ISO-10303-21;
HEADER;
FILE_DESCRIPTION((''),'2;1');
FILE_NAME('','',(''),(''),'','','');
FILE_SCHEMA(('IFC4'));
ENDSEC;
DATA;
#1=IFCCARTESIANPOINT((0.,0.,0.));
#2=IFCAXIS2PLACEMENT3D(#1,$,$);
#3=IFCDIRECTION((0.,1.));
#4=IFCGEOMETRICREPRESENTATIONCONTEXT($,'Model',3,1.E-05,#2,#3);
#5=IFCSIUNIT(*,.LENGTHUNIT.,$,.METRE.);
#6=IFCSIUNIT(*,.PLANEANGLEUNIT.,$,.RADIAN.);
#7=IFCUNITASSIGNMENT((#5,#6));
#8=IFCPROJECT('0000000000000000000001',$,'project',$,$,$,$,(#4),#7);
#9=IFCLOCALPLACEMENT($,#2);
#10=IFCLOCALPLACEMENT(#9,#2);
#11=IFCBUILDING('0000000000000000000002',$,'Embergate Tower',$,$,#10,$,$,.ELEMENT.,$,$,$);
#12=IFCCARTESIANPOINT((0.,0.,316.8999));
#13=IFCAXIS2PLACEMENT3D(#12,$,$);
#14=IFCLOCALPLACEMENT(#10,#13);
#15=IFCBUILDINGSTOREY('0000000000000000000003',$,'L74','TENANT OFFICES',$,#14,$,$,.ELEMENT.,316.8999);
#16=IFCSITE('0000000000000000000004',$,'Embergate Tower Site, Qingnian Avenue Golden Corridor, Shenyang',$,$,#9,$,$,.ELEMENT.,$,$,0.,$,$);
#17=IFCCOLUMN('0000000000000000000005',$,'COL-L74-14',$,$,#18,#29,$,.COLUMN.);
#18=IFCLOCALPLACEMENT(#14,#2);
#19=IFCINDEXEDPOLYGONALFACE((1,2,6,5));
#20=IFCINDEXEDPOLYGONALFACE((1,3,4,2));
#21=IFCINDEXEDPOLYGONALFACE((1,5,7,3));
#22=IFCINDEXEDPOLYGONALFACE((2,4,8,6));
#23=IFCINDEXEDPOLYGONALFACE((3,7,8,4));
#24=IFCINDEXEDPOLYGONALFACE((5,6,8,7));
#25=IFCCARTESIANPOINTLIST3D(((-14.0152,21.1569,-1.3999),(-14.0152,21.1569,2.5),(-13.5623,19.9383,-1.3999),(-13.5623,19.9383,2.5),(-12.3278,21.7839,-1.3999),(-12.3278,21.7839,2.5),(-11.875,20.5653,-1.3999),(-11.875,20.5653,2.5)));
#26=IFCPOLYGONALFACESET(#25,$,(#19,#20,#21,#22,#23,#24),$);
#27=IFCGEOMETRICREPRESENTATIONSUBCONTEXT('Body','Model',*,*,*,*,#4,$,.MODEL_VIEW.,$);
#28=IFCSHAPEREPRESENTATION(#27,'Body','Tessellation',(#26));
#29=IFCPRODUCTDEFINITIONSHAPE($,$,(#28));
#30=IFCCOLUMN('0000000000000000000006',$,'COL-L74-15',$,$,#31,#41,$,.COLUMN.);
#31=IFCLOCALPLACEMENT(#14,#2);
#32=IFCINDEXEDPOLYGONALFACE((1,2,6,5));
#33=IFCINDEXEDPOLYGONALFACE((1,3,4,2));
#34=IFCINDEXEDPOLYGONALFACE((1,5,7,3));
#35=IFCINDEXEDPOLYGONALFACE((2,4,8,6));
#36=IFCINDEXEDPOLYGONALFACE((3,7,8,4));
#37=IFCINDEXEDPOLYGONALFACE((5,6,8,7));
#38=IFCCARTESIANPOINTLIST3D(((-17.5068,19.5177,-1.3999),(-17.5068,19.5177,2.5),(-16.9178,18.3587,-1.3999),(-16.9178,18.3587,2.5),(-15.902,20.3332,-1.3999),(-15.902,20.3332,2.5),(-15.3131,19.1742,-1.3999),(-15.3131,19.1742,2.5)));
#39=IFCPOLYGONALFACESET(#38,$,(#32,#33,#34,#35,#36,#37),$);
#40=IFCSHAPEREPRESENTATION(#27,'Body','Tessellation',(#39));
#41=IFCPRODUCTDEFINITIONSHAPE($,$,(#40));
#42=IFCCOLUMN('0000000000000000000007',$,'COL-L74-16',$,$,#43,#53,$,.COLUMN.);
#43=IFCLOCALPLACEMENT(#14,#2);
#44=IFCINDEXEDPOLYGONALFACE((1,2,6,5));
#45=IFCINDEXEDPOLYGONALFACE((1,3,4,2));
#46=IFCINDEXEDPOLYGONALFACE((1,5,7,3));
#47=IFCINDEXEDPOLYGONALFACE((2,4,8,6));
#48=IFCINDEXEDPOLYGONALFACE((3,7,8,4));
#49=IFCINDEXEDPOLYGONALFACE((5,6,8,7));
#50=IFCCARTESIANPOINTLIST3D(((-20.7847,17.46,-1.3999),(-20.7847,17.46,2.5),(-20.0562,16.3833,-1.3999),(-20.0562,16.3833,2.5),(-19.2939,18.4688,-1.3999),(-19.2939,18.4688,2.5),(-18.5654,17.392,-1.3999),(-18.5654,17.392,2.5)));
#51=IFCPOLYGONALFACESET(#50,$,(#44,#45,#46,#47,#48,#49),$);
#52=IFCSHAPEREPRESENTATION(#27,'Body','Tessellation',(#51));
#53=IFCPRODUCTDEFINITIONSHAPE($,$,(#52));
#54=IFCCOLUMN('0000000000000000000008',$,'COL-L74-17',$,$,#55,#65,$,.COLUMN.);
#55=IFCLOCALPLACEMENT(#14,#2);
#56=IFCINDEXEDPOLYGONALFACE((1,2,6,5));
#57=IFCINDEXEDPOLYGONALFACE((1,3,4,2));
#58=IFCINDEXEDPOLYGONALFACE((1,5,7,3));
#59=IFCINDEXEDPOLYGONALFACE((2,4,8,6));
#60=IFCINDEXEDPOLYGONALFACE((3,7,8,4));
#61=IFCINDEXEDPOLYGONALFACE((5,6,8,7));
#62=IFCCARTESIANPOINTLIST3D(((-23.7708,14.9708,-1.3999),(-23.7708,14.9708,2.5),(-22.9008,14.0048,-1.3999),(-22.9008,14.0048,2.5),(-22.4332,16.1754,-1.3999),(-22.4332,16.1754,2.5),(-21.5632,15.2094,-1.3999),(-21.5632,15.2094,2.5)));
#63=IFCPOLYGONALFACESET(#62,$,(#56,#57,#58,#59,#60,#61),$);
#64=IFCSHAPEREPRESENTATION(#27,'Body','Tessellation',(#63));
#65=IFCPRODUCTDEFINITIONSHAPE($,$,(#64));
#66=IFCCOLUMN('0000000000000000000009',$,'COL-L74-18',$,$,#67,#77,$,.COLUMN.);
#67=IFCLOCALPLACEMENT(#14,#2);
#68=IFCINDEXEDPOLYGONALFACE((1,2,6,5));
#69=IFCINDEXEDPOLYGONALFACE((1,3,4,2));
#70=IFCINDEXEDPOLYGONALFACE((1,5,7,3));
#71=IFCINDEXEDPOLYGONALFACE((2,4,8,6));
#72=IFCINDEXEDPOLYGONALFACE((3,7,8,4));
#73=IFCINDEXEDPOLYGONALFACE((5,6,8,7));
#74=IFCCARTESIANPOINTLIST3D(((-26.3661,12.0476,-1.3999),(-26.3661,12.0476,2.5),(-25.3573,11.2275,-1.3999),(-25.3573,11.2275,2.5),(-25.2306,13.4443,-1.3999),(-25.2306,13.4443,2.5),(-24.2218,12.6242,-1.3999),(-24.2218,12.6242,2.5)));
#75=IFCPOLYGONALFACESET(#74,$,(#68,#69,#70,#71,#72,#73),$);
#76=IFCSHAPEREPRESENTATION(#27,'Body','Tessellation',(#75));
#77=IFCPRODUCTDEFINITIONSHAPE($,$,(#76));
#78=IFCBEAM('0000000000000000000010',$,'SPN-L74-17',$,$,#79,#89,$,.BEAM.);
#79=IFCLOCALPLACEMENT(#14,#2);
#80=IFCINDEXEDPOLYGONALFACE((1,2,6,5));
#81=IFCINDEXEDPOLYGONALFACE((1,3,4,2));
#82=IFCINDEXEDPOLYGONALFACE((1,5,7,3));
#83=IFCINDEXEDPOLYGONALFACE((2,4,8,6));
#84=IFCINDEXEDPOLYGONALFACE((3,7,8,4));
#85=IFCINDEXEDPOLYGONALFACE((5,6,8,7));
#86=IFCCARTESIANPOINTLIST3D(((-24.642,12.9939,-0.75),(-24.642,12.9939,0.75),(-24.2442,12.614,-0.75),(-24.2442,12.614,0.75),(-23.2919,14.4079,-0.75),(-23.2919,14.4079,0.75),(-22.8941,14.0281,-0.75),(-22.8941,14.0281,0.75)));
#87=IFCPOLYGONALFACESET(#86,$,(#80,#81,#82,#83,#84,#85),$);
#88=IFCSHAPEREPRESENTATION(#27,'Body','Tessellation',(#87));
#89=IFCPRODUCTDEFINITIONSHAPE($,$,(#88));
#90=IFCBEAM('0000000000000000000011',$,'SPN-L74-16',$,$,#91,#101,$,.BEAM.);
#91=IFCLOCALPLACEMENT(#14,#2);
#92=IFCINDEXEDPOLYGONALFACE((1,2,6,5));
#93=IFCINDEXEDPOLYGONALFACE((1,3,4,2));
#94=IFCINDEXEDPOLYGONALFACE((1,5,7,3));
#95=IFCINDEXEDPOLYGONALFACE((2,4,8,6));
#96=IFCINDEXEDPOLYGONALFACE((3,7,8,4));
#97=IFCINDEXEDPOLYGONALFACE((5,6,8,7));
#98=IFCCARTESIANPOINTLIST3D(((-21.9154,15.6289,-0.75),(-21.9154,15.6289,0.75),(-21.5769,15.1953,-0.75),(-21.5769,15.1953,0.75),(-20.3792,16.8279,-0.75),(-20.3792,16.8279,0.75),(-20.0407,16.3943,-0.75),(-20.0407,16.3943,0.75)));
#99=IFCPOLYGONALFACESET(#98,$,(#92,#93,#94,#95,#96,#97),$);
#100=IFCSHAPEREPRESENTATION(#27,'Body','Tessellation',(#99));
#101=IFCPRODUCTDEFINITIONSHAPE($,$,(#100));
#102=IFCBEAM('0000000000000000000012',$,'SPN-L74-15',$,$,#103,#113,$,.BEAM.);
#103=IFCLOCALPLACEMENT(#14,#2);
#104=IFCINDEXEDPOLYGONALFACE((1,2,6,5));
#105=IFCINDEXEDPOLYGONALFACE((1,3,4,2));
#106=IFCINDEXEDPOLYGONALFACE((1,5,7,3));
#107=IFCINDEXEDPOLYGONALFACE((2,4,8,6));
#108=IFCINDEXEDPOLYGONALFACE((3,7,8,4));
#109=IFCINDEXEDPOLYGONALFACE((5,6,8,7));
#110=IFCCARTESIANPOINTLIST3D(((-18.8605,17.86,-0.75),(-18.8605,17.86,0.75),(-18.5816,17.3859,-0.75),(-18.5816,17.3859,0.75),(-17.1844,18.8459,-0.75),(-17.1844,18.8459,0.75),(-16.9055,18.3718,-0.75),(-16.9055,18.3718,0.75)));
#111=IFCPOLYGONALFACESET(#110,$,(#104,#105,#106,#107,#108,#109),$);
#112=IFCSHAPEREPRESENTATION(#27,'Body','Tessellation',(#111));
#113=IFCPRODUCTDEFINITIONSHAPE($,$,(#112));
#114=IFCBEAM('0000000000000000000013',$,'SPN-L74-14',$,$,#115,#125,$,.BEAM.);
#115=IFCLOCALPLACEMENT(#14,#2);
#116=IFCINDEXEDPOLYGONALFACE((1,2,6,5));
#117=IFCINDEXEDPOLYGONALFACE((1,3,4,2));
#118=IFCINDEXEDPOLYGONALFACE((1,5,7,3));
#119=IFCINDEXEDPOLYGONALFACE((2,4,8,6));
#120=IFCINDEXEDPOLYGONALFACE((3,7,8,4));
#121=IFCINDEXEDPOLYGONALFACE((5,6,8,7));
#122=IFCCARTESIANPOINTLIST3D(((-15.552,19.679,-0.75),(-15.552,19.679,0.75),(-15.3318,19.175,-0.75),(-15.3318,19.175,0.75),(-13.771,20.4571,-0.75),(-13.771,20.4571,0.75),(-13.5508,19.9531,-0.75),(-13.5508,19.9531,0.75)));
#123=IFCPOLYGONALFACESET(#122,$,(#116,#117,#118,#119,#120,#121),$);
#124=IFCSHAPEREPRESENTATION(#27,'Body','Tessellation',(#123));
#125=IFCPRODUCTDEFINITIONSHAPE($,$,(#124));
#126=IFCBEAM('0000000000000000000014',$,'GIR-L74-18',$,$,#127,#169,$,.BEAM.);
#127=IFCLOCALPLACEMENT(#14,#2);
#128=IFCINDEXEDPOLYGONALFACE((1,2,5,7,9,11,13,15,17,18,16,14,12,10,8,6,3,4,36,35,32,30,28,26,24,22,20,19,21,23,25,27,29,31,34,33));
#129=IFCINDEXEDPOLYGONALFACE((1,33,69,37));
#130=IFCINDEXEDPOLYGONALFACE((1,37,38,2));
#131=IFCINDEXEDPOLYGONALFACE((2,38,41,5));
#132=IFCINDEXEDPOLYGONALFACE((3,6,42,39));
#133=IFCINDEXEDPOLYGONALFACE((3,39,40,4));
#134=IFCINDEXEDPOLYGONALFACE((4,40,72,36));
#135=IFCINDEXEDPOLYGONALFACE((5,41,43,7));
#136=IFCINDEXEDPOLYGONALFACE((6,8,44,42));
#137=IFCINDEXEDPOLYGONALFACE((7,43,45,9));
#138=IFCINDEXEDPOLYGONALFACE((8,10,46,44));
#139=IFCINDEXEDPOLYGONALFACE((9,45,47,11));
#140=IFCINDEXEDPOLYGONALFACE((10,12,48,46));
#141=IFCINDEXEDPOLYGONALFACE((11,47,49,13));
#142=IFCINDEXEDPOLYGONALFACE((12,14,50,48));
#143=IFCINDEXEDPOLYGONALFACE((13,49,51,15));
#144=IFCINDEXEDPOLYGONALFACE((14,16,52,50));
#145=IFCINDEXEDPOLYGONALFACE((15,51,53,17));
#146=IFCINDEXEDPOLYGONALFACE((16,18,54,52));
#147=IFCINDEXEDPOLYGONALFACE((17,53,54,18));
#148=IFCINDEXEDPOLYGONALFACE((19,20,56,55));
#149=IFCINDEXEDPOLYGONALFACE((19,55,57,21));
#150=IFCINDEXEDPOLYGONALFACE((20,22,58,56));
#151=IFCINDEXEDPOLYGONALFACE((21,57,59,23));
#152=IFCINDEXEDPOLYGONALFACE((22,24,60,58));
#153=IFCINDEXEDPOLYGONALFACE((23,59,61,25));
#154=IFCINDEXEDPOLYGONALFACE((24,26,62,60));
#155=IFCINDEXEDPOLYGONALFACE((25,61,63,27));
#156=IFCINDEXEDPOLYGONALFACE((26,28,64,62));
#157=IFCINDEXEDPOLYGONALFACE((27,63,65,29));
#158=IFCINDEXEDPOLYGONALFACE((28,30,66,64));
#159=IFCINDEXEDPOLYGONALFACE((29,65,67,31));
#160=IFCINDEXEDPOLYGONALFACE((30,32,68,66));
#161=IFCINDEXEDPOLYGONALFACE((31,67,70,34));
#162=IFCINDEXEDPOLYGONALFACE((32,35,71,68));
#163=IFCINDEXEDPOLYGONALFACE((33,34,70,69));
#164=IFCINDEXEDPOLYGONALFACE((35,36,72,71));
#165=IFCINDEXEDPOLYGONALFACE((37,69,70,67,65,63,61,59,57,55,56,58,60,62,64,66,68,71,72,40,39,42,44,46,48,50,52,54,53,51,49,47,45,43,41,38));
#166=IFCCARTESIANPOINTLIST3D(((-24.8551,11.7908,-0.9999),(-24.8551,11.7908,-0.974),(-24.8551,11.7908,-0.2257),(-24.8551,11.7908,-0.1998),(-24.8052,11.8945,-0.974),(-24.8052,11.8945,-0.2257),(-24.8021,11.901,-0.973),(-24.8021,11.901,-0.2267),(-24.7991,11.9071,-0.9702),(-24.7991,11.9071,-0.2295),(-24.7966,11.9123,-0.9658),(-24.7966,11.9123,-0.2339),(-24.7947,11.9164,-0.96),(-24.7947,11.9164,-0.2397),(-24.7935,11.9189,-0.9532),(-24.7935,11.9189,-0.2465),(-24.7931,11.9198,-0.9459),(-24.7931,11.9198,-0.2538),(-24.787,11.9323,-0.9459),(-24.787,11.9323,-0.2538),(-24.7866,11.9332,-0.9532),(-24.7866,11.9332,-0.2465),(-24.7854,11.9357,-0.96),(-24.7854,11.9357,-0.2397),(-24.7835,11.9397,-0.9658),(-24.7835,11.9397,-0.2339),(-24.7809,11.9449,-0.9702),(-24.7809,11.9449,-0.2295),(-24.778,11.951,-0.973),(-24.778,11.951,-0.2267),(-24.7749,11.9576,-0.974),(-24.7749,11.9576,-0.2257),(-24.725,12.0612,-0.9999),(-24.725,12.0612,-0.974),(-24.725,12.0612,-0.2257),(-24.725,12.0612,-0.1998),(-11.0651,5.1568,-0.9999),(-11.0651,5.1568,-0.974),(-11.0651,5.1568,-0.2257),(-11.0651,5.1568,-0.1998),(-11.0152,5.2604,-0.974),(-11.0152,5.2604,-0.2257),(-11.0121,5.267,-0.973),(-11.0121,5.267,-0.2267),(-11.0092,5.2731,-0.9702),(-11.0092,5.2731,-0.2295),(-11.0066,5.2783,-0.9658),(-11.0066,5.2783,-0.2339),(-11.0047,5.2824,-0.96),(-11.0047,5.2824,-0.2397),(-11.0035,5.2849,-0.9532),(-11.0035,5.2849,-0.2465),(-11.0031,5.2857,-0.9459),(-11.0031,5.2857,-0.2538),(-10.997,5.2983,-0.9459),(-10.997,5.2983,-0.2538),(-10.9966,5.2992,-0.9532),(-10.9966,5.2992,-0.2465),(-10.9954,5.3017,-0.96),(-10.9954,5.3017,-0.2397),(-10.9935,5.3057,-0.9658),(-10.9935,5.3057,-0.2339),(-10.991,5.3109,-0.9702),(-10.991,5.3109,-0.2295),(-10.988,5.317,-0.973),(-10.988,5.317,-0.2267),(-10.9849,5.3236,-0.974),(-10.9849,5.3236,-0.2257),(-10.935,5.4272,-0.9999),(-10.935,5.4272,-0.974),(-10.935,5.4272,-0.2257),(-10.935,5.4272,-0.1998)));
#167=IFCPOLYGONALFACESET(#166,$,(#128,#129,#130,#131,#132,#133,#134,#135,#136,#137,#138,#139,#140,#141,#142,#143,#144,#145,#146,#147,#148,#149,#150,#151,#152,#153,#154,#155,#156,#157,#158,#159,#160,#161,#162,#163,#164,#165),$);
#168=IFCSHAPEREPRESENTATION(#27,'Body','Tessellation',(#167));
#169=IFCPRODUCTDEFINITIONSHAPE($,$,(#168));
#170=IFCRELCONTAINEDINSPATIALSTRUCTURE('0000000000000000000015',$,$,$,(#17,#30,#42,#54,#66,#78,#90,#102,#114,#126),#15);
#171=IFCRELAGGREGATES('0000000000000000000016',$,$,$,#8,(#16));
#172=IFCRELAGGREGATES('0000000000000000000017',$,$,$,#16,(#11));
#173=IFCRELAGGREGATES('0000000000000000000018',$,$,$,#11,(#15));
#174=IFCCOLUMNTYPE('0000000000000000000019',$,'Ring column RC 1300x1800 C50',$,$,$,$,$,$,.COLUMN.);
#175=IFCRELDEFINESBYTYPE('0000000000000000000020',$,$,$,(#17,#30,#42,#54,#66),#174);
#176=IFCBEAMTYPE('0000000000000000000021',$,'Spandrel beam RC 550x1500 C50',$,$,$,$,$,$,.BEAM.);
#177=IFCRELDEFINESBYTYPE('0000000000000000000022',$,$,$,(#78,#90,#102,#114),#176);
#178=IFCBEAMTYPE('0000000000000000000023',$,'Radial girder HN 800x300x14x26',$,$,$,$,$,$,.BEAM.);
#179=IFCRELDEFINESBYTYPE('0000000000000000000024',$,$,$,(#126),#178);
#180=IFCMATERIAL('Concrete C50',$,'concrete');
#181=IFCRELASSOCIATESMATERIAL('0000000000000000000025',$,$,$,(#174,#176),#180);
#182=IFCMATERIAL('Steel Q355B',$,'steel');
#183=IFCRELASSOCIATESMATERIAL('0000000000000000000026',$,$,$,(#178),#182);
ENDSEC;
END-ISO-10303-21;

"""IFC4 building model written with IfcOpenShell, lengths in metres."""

from ifc_helpers import new_model, si_unit, direction, frame, origin, origin_2d, place, context, subcontext, project, spatial, rectangle, i_section, extrude, source, transform, mapped, material, material_profile, profile_set, type_object, element, save


model = new_model("IFC4")

# Units and contexts
model_context = context("Model", 3, precision=1e-05, world=origin(), true_north=direction((0.0, 1.0)))
body_context = subcontext(model_context, "Body", "Model", "MODEL_VIEW")
ifc_project = project(units=[si_unit("LENGTHUNIT", "METRE"), si_unit("PLANEANGLEUNIT", "RADIAN")], contexts=[model_context])

# Site, building, storey
site_placement = place(None, origin())
site = spatial("IfcSite", under=ifc_project, at=site_placement, Name="Embergate Tower Site, Qingnian Avenue Golden Corridor, Shenyang", CompositionType="ELEMENT", RefElevation=0.0)
building_placement = place(site_placement, origin())
building = spatial("IfcBuilding", under=site, at=building_placement, Name="Embergate Tower", CompositionType="ELEMENT")
storey_placement = place(building_placement, frame((0.0, 0.0, 316.8999)))
storey = spatial("IfcBuildingStorey", under=building, at=storey_placement, Name="L74", Description="TENANT OFFICES", CompositionType="ELEMENT", Elevation=316.8999)

# Columns
ifc_material_1 = material(Name="Concrete C50", Category="concrete")
ifc_material_profile_1 = material_profile(ifc_material_1, rectangle(XDim=1.3, YDim=1.8, at=origin_2d()), Name="RC 1300x1800")
ifc_profile_set_1 = profile_set([ifc_material_profile_1], Name="Concrete C50")
column_type = type_object("IfcColumnType", Name="Ring column RC 1300x1800 C50", PredefinedType="COLUMN", material=ifc_profile_set_1)
shared_shape_1 = source(origin(), body_context, "Body", "SweptSolid", [
    extrude(rectangle(XDim=1.3, YDim=1.8, at=origin_2d()), origin(), (0.0, 0.0, 1.0), 3.8999),
])
for number, where, z_axis, x_axis, name in (
    (1, (-12.9451, 20.8611, -1.3999), (0.0, 0.0, 1.0), (-0.348343, 0.937367, 0.0), "COL-L74-14"),
    (2, (-16.4099, 19.3459, -1.3999), (0.0, 0.0, 1.0), (-0.453011, 0.891505, 0.0), "COL-L74-15"),
    (3, (-19.675, 17.426, -1.3999), (0.0, 0.0, 1.0), (-0.560393, 0.828227, 0.0), "COL-L74-16"),
    (4, (-22.667, 15.0901, -1.3999), (0.0, 0.0, 1.0), (-0.669221, 0.743063, 0.0), "COL-L74-17"),
    (5, (-25.2939, 12.3359, -1.3999), (0.0, 0.0, 1.0), (-0.775925, 0.630825, 0.0), "COL-L74-18"),
):
    element("IfcColumn", number, at=place(storey_placement, frame(where, z_axis=z_axis, x_axis=x_axis)), inside=storey, type_object=column_type, Name=name, PredefinedType="COLUMN", context=body_context, shape_type="MappedRepresentation", body=[
        mapped(shared_shape_1, transform((0.0, 0.0, 0.0))),
    ])

# Beams
ifc_material_profile_2 = material_profile(ifc_material_1, rectangle(XDim=0.55, YDim=1.5, at=origin_2d()), Name="RC 550x1500")
ifc_profile_set_2 = profile_set([ifc_material_profile_2], Name="Concrete C50")
beam_type_1 = type_object("IfcBeamType", Name="Spandrel beam RC 550x1500 C50", PredefinedType="BEAM", material=ifc_profile_set_2)
shared_shape_2 = source(origin(), body_context, "Body", "SweptSolid", [
    extrude(rectangle(XDim=0.55, YDim=1.5, at=origin_2d()), origin(), (0.0, 0.0, 1.0), 1.9551),
])
beam_1_placement = place(storey_placement, frame((-23.093, 14.218, 0.0), z_axis=(-0.690559, -0.723276, 0.0), x_axis=(0.723276, -0.690559, 0.0)))
element("IfcBeam", 6, at=beam_1_placement, inside=storey, type_object=beam_type_1, Name="SPN-L74-17", PredefinedType="BEAM", context=body_context, shape_type="MappedRepresentation", body=[
    mapped(shared_shape_2, transform((0.0, 0.0, 0.0))),
])
shared_shape_3 = source(origin(), body_context, "Body", "SweptSolid", [
    extrude(rectangle(XDim=0.55, YDim=1.5, at=origin_2d()), origin(), (0.0, 0.0, 1.0), 1.9487),
])
beam_2_placement = place(storey_placement, frame((-20.21, 16.6111, 0.0), z_axis=(-0.788305, -0.615284, 0.0), x_axis=(0.615284, -0.788305, 0.0)))
element("IfcBeam", 7, at=beam_2_placement, inside=storey, type_object=beam_type_1, Name="SPN-L74-16", PredefinedType="BEAM", context=body_context, shape_type="MappedRepresentation", body=[
    mapped(shared_shape_3, transform((0.0, 0.0, 0.0))),
])
shared_shape_4 = source(origin(), body_context, "Body", "SweptSolid", [
    extrude(rectangle(XDim=0.55, YDim=1.5, at=origin_2d()), origin(), (0.0, 0.0, 1.0), 1.9446),
])
beam_3_placement = place(storey_placement, frame((-17.0449, 18.6089, 0.0), z_axis=(-0.861947, -0.506998, 0.0), x_axis=(0.506998, -0.861947, 0.0)))
element("IfcBeam", 8, at=beam_3_placement, inside=storey, type_object=beam_type_1, Name="SPN-L74-15", PredefinedType="BEAM", context=body_context, shape_type="MappedRepresentation", body=[
    mapped(shared_shape_4, transform((0.0, 0.0, 0.0))),
])
shared_shape_5 = source(origin(), body_context, "Body", "SweptSolid", [
    extrude(rectangle(XDim=0.55, YDim=1.5, at=origin_2d()), origin(), (0.0, 0.0, 1.0), 1.9436),
])
beam_4_placement = place(storey_placement, frame((-13.6609, 20.2051, 0.0), z_axis=(-0.916368, -0.400338, 0.0), x_axis=(0.400338, -0.916368, 0.0)))
element("IfcBeam", 9, at=beam_4_placement, inside=storey, type_object=beam_type_1, Name="SPN-L74-14", PredefinedType="BEAM", context=body_context, shape_type="MappedRepresentation", body=[
    mapped(shared_shape_5, transform((0.0, 0.0, 0.0))),
])
ifc_material_2 = material(Name="Steel Q355B", Category="steel")
ifc_material_profile_3 = material_profile(ifc_material_2, i_section(OverallWidth=0.3, OverallDepth=0.8, WebThickness=0.0139, FlangeThickness=0.0259, FilletRadius=0.0281, at=origin_2d()), Name="HN 800x300x14x26")
ifc_profile_set_3 = profile_set([ifc_material_profile_3], Name="Steel Q355 grade B")
beam_type_2 = type_object("IfcBeamType", Name="Radial girder HN 800x300x14x26", PredefinedType="BEAM", material=ifc_profile_set_3)
shared_shape_6 = source(origin(), body_context, "Body", "SweptSolid", [
    extrude(i_section(OverallWidth=0.3, OverallDepth=0.8, WebThickness=0.0139, FlangeThickness=0.0259, FilletRadius=0.0281, at=origin_2d()), origin(), (0.0, 0.0, 1.0), 15.3027),
])
beam_5_placement = place(storey_placement, frame((-24.79, 11.926, -0.5999), z_axis=(0.901145, -0.433518, 0.0), x_axis=(0.433518, 0.901145, 0.0)))
element("IfcBeam", 10, at=beam_5_placement, inside=storey, type_object=beam_type_2, Name="GIR-L74-18", PredefinedType="BEAM", context=body_context, shape_type="MappedRepresentation", body=[
    mapped(shared_shape_6, transform((0.0, 0.0, 0.0))),
])

save(model, "model.ifc")
